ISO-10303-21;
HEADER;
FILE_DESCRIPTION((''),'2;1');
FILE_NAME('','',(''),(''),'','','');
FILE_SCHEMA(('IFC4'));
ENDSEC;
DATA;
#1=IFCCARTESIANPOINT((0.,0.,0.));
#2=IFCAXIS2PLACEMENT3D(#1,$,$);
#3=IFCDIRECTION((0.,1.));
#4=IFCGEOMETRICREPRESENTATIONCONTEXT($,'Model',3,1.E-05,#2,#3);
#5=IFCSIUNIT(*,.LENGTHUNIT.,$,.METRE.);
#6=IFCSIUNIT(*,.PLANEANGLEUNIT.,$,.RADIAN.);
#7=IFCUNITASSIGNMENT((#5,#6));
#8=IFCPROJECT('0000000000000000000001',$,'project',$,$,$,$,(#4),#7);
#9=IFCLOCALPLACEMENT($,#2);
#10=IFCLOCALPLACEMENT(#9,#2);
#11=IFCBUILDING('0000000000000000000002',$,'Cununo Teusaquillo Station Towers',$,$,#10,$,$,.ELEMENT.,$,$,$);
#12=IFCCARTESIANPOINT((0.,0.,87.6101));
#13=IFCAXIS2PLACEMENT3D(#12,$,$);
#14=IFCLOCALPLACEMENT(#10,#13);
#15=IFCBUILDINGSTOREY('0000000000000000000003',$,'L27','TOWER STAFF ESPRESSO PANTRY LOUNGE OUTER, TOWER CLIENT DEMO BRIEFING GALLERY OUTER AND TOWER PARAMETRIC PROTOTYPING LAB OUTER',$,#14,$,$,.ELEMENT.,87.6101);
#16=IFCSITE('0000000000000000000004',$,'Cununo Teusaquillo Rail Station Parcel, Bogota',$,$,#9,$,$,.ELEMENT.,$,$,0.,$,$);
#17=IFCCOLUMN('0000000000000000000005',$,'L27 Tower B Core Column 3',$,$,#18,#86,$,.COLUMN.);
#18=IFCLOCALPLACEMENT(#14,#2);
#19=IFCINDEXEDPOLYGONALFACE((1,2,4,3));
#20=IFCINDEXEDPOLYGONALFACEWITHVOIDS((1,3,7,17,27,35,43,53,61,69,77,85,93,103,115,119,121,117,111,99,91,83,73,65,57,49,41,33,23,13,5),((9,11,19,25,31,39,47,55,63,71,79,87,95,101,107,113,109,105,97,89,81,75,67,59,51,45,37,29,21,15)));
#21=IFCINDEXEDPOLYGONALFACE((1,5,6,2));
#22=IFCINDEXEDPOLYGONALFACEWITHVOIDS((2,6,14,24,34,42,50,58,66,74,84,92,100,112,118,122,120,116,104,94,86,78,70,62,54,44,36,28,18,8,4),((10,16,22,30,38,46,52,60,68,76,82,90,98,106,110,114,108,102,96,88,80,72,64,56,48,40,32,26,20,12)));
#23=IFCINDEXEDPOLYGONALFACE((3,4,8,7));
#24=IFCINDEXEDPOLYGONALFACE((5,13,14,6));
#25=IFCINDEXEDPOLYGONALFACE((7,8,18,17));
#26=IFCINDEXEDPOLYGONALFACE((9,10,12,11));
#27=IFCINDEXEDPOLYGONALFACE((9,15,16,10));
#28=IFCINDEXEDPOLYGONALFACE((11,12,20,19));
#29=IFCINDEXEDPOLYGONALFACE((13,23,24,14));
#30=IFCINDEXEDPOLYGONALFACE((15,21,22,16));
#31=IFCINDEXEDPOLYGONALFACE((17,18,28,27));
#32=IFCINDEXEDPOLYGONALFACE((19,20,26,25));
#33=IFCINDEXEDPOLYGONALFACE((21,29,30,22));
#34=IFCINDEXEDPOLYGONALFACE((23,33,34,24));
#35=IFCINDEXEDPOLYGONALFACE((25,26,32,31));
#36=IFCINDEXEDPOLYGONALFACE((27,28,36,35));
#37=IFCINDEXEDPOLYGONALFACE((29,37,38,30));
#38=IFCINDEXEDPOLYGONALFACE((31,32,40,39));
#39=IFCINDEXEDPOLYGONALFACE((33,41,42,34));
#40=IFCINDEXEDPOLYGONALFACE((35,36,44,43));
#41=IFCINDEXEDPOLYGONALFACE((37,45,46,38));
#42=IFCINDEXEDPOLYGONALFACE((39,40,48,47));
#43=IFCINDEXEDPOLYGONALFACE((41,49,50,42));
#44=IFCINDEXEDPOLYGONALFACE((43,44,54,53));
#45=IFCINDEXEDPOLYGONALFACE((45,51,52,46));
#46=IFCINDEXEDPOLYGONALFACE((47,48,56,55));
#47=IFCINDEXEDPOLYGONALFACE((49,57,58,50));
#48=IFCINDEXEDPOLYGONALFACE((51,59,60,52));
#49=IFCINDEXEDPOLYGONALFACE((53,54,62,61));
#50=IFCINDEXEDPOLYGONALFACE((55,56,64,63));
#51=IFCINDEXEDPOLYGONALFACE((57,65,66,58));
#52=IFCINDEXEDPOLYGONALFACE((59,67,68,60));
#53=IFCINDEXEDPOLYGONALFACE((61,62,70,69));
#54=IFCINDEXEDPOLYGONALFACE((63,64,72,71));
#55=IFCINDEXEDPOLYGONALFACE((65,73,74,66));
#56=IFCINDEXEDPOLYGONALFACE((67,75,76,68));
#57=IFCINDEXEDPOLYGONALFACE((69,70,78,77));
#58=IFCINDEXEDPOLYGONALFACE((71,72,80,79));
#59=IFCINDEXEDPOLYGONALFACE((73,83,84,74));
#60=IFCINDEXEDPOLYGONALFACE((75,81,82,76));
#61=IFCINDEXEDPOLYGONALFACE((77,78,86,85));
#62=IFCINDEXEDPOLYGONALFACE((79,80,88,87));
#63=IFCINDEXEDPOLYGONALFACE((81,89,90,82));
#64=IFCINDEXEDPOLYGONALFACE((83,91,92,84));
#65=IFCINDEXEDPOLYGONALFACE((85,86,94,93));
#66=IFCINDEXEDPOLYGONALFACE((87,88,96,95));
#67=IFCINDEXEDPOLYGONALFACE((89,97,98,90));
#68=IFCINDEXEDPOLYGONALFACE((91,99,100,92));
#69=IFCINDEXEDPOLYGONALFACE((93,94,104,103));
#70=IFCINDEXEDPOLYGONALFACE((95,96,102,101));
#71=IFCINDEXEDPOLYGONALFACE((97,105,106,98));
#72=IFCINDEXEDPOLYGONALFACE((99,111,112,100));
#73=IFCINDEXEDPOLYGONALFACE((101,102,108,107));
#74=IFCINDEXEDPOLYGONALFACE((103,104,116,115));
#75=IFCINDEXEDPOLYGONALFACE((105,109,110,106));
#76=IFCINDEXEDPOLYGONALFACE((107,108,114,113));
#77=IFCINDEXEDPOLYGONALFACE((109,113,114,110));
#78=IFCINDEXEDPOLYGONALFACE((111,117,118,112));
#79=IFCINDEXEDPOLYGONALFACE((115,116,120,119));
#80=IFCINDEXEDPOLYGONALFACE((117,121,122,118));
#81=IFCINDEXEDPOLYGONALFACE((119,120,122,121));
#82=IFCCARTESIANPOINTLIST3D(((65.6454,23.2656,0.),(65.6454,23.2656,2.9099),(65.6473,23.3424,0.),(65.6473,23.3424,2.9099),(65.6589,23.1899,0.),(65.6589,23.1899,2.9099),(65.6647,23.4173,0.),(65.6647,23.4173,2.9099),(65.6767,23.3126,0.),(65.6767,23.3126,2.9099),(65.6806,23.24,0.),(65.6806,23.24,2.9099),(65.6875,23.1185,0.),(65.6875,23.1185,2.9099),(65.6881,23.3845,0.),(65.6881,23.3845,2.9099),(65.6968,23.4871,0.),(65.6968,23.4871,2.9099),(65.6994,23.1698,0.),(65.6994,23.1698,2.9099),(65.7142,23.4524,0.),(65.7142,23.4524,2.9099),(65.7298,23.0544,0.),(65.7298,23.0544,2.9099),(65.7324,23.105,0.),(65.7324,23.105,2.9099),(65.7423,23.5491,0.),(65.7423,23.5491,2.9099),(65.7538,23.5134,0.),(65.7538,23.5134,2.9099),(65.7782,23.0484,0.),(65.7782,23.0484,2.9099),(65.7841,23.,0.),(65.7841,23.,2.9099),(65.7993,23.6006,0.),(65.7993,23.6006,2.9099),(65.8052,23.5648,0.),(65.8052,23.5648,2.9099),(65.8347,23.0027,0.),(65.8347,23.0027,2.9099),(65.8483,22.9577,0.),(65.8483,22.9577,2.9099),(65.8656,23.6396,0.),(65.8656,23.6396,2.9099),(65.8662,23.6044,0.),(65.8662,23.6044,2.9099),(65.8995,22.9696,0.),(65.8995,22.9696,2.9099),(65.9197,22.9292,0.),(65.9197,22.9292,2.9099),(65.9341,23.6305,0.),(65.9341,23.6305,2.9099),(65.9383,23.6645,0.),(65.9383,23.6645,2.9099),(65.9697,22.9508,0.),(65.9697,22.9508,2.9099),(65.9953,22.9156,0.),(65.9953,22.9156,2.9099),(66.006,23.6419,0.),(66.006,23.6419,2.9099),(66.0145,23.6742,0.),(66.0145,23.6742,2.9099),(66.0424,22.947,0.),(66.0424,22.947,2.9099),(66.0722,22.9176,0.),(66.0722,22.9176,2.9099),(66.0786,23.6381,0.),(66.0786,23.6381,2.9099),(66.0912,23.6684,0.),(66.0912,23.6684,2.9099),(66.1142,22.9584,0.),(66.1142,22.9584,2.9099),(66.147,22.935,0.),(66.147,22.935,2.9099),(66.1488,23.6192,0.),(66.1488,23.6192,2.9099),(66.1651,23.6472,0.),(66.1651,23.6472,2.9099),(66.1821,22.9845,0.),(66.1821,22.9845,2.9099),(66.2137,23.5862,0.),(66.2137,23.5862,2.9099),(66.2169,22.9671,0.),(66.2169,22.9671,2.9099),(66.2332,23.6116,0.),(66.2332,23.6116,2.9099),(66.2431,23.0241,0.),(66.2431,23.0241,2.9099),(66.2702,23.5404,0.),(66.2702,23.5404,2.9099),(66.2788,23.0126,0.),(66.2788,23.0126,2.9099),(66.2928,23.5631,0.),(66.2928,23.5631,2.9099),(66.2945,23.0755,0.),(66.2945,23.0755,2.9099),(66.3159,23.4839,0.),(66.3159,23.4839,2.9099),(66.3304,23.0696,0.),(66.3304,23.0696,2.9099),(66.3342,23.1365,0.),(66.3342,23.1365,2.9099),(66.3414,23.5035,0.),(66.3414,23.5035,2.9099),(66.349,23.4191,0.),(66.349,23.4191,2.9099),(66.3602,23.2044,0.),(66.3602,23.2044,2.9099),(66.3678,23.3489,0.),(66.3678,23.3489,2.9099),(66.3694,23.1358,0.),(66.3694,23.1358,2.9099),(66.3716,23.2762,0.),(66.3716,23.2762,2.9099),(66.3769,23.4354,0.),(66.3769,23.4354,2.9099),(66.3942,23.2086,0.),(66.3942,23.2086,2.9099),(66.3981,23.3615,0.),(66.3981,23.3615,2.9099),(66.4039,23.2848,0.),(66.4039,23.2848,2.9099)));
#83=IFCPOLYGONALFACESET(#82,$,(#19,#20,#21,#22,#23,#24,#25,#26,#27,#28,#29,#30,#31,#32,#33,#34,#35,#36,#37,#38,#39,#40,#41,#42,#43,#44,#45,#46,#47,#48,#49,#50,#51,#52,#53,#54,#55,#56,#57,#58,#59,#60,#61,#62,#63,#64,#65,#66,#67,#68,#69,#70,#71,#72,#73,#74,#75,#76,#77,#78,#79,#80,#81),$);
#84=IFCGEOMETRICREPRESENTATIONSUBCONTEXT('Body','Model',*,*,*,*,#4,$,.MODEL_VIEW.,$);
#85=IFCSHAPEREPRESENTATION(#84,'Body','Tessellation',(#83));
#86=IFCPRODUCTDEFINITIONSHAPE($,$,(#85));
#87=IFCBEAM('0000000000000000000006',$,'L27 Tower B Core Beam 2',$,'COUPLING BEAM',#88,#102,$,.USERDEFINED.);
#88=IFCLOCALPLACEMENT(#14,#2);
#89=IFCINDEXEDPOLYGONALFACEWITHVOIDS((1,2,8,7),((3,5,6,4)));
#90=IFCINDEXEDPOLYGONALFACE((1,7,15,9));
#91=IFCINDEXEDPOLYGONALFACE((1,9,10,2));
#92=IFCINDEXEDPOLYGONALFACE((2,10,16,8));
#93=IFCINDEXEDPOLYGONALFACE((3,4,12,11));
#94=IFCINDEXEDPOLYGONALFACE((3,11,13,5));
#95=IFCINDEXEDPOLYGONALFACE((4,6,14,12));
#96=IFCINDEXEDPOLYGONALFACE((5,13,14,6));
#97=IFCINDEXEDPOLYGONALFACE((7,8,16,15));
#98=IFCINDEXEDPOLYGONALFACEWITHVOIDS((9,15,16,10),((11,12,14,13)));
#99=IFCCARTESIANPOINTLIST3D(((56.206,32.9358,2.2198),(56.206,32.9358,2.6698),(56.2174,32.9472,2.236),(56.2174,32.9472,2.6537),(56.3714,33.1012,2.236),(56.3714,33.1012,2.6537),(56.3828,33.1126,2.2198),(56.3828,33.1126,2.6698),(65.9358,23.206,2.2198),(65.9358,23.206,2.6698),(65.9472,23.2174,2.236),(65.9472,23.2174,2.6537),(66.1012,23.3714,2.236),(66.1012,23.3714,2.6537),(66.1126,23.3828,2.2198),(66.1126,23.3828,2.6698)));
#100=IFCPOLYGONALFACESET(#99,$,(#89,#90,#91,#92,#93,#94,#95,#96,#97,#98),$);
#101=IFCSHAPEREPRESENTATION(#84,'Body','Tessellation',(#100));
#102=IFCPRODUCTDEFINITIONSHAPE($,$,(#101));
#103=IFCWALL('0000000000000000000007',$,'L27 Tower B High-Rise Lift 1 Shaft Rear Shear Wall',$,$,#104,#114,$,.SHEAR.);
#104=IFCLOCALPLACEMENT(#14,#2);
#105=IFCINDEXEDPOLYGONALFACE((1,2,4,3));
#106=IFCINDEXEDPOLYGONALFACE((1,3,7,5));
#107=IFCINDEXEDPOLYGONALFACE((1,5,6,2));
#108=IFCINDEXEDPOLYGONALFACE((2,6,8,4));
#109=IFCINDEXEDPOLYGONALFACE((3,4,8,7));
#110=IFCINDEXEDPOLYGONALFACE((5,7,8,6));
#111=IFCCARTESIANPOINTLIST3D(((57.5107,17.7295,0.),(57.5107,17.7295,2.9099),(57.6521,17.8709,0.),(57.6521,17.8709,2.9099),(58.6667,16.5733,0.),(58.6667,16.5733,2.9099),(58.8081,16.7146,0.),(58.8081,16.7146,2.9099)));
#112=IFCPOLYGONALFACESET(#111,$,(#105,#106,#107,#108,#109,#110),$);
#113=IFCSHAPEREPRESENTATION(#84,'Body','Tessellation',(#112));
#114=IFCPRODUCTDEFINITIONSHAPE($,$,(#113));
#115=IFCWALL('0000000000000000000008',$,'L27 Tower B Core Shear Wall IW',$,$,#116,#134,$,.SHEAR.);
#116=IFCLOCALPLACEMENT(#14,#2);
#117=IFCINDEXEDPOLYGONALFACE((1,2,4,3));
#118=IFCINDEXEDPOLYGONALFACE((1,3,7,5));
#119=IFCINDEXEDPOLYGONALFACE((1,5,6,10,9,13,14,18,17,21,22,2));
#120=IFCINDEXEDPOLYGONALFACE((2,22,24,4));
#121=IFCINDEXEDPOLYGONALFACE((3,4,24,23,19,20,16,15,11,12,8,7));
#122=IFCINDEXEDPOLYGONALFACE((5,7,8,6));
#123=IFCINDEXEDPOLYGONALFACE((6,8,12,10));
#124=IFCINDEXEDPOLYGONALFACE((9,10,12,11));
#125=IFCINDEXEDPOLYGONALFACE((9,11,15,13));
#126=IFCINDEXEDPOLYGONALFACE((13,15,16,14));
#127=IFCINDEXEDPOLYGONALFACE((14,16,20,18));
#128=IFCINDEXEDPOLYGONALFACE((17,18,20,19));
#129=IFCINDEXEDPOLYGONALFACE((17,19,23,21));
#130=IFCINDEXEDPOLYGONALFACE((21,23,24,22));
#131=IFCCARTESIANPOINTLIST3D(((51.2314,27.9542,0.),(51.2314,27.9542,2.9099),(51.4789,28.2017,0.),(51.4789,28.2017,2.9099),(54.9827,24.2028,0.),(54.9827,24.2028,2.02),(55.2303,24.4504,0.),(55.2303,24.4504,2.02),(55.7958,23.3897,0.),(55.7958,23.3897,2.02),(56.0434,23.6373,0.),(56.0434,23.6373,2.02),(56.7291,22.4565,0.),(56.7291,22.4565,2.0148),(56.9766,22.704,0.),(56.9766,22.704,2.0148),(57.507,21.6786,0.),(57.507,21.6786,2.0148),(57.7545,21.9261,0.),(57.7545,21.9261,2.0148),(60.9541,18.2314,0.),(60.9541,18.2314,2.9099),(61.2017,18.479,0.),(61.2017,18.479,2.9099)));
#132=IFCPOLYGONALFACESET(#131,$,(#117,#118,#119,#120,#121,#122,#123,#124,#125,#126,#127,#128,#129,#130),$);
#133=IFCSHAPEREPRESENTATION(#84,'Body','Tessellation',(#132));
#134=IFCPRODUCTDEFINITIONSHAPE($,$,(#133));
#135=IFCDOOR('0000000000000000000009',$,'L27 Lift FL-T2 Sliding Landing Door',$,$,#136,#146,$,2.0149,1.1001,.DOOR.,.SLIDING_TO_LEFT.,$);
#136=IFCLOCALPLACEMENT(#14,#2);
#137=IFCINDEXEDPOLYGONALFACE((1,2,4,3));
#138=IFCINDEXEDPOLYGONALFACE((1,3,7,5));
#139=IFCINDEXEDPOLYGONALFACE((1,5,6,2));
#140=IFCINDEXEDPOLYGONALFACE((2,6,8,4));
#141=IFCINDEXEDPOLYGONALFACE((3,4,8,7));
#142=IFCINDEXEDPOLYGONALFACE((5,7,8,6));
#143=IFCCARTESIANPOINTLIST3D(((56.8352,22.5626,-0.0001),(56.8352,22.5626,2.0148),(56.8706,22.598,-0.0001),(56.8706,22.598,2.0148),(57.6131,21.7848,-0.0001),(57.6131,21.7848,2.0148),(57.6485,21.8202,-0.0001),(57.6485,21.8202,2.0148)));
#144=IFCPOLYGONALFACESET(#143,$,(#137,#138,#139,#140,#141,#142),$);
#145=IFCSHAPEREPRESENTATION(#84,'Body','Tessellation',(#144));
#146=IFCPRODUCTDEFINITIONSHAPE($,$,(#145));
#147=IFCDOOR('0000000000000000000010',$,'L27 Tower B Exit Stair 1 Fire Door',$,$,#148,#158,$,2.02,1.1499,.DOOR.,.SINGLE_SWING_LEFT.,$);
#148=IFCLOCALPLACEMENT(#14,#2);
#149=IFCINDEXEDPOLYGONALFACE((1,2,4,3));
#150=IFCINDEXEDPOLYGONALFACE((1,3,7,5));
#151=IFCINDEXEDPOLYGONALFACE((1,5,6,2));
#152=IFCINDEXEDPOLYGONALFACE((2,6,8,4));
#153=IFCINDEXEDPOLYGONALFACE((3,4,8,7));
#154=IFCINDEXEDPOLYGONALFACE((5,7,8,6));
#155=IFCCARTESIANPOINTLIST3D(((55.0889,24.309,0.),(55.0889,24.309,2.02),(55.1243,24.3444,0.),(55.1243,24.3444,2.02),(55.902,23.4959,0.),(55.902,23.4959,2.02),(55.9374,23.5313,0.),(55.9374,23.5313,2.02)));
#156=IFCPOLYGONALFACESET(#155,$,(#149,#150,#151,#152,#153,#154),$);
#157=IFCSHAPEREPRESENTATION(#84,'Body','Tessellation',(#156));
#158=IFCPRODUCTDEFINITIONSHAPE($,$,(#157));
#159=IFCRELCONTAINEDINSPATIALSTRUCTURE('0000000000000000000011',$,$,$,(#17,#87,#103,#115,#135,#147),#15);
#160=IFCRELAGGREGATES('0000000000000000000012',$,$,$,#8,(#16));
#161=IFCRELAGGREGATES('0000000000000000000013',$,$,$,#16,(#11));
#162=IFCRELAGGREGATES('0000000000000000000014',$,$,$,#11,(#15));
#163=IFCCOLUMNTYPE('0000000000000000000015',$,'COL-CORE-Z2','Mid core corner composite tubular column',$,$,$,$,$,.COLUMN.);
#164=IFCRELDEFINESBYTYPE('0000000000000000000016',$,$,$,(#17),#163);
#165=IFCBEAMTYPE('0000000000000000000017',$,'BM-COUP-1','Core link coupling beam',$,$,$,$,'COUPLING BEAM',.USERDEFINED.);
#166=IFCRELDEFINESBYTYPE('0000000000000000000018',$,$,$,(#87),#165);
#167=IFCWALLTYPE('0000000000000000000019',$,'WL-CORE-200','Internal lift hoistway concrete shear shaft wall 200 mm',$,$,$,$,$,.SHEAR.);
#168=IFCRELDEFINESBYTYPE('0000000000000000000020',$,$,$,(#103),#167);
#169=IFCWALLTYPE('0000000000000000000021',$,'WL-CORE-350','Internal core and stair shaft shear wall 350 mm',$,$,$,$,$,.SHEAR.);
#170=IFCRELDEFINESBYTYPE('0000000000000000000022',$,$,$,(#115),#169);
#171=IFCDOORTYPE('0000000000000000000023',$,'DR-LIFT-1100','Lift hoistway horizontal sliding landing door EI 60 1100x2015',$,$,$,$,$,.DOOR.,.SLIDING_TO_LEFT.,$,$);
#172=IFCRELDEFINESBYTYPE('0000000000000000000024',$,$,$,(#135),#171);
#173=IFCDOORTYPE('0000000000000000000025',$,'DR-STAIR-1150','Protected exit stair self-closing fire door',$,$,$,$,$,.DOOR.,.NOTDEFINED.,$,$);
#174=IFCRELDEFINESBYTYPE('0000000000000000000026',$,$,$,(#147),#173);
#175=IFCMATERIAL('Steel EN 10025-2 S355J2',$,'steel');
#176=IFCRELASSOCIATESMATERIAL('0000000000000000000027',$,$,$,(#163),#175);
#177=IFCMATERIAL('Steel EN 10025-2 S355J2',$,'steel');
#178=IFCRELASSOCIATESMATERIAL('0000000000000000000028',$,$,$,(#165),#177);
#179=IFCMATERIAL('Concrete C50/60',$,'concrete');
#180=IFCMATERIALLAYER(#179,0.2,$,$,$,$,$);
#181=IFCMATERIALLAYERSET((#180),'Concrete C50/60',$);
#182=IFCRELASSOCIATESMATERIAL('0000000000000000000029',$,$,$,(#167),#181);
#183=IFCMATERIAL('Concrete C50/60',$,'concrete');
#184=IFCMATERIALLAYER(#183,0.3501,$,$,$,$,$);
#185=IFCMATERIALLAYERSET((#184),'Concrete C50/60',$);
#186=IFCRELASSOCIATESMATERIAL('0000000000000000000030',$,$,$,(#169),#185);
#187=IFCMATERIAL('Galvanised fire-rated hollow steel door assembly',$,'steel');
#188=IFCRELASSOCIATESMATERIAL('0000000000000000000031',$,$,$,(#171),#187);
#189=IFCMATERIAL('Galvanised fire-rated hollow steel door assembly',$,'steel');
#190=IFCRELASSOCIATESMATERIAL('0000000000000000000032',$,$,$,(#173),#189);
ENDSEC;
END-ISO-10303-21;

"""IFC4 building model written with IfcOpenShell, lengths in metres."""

from ifc_helpers import new_model, si_unit, direction, frame, frame_2d, origin, origin_2d, place, context, subcontext, project, spatial, rectangle, hollow_rectangle, hollow_circle, extrude, source, transform, mapped, material, layer, layer_set, material_profile, profile_set, type_object, element, fill, save


model = new_model("IFC4")

# Units and contexts
model_context = context("Model", 3, precision=1e-05, world=origin(), true_north=direction((0.0, 1.0)))
body_context = subcontext(model_context, "Body", "Model", "MODEL_VIEW")
ifc_project = project(units=[si_unit("LENGTHUNIT", "METRE"), si_unit("PLANEANGLEUNIT", "RADIAN")], contexts=[model_context])

# Site, building, storey
site_placement = place(None, origin())
site = spatial("IfcSite", under=ifc_project, at=site_placement, Name="Cununo Teusaquillo Rail Station Parcel, Bogota", CompositionType="ELEMENT", RefElevation=0.0)
building_placement = place(site_placement, origin())
building = spatial("IfcBuilding", under=site, at=building_placement, Name="Cununo Teusaquillo Station Towers", CompositionType="ELEMENT")
storey_placement = place(building_placement, frame((0.0, 0.0, 87.6101)))
storey = spatial("IfcBuildingStorey", under=building, at=storey_placement, Name="L27", Description="TOWER STAFF ESPRESSO PANTRY LOUNGE OUTER, TOWER CLIENT DEMO BRIEFING GALLERY OUTER AND TOWER PARAMETRIC PROTOTYPING LAB OUTER", CompositionType="ELEMENT", Elevation=87.6101)

# Column
ifc_material_1 = material(Name="Steel EN 10025-2 S355J2", Category="steel")
ifc_material_profile_1 = material_profile(ifc_material_1, hollow_circle(Radius=0.3799, WallThickness=0.032, at=origin_2d()), Name="CHS 760x32")
ifc_profile_set_1 = profile_set([ifc_material_profile_1], Name="Steel EN 10025-2 S355J2")
column_type = type_object("IfcColumnType", Name="COL-CORE-Z2", Description="Mid core corner composite tubular column", PredefinedType="COLUMN", material=ifc_profile_set_1)
column_placement = place(storey_placement, frame((66.0242, 23.2944, 0.0), z_axis=(0.0, 0.0, 1.0), x_axis=(0.707107, 0.707107, 0.0)))
element("IfcColumn", 1, at=column_placement, inside=storey, type_object=column_type, Name="L27 Tower B Core Column 3", PredefinedType="COLUMN", context=body_context, shape_type="SweptSolid", body=[
    extrude(hollow_circle(Radius=0.3799, WallThickness=0.032, at=origin_2d()), origin(), (0.0, 0.0, 1.0), 2.9099),
])

# Beam
ifc_material_2 = material(Name="Steel EN 10025-2 S355J2", Category="steel")
ifc_material_profile_2 = material_profile(ifc_material_2, hollow_rectangle(XDim=0.25, YDim=0.45, WallThickness=0.0161, at=origin_2d()), Name="RHS 450x250x16")
ifc_profile_set_2 = profile_set([ifc_material_profile_2], Name="Steel EN 10025-2 S355J2")
beam_type = type_object("IfcBeamType", Name="BM-COUP-1", Description="Core link coupling beam", ElementType="COUPLING BEAM", PredefinedType="USERDEFINED", material=ifc_profile_set_2)
beam_placement = place(storey_placement, frame((66.0242, 23.2944, 2.4448), z_axis=(-0.707107, 0.707107, 0.0), x_axis=(-0.707107, -0.707107, 0.0)))
element("IfcBeam", 2, at=beam_placement, inside=storey, type_object=beam_type, Name="L27 Tower B Core Beam 2", ObjectType="COUPLING BEAM", PredefinedType="USERDEFINED", context=body_context, shape_type="SweptSolid", body=[
    extrude(hollow_rectangle(XDim=0.25, YDim=0.45, WallThickness=0.0161, at=origin_2d()), origin(), (0.0, 0.0, 1.0), 13.76),
])

# Wall
ifc_material_3 = material(Name="Concrete C50/60", Category="concrete")
ifc_layer_1 = layer(ifc_material_3, 0.2)
ifc_layer_set_1 = layer_set([ifc_layer_1], Name="Concrete C50/60")
wall_type_1 = type_object("IfcWallType", Name="WL-CORE-200", Description="Internal lift hoistway concrete shear shaft wall 200 mm", PredefinedType="SHEAR", material=ifc_layer_set_1)
wall_1_placement = place(storey_placement, frame((58.7373, 16.644, 0.0), z_axis=(0.0, 0.0, 1.0), x_axis=(-0.707032, 0.707181, 0.0)))
element("IfcWall", 3, at=wall_1_placement, inside=storey, type_object=wall_type_1, Name="L27 Tower B High-Rise Lift 1 Shaft Rear Shear Wall", PredefinedType="SHEAR", context=body_context, shape_type="SweptSolid", body=[
    extrude(rectangle(XDim=1.635, YDim=0.2, at=frame_2d((0.8174, 0.0))), origin(), (0.0, 0.0, 1.0), 2.9099),
])

# Wall, openings, doors
ifc_material_4 = material(Name="Concrete C50/60", Category="concrete")
ifc_layer_2 = layer(ifc_material_4, 0.3501)
ifc_layer_set_2 = layer_set([ifc_layer_2], Name="Concrete C50/60")
wall_type_2 = type_object("IfcWallType", Name="WL-CORE-350", Description="Internal core and stair shaft shear wall 350 mm", PredefinedType="SHEAR", material=ifc_layer_set_2)
wall_2_placement = place(storey_placement, frame((61.0779, 18.3552, 0.0), z_axis=(0.0, 0.0, 1.0), x_axis=(-0.707107, 0.707107, 0.0)))
wall_2 = element("IfcWall", 4, at=wall_2_placement, inside=storey, type_object=wall_type_2, Name="L27 Tower B Core Shear Wall IW", PredefinedType="SHEAR", context=body_context, shape_type="SweptSolid", body=[
    extrude(rectangle(XDim=13.75, YDim=0.3501, at=frame_2d((6.875, 0.0))), origin(), (0.0, 0.0, 1.0), 2.9099),
])
shared_shape_1 = source(origin(), body_context, "Body", "SweptSolid", [
    extrude(rectangle(XDim=1.1001, YDim=2.0149, at=frame_2d((0.55, 1.0073))), frame((0.0, 0.1851, 0.0), z_axis=(0.0, -1.0, 0.0), x_axis=(1.0, 0.0, 0.0)), (0.0, 0.0, 1.0), 0.3701),
])
opening_1_placement = place(wall_2_placement, frame((4.875, 0.0, 0.0)))
opening_1 = element("IfcOpeningElement", 5, at=opening_1_placement, cuts=wall_2, PredefinedType="OPENING", context=body_context, shape_type="MappedRepresentation", body=[
    mapped(shared_shape_1, transform((0.0, 0.0, 0.0), x_axis=(1.0, 0.0, 0.0), y_axis=(0.0, 1.0, 0.0), z_axis=(0.0, 0.0, 1.0), scale=1.0)),
])
shared_shape_2 = source(origin(), body_context, "Body", "SweptSolid", [
    extrude(rectangle(XDim=1.1499, YDim=2.02, at=frame_2d((0.575, 1.01))), frame((0.0, 0.1851, 0.0), z_axis=(0.0, -1.0, 0.0), x_axis=(1.0, 0.0, 0.0)), (0.0, 0.0, 1.0), 0.3701),
])
opening_2_placement = place(wall_2_placement, frame((7.2949, 0.0, 0.0)))
opening_2 = element("IfcOpeningElement", 6, at=opening_2_placement, cuts=wall_2, PredefinedType="OPENING", context=body_context, shape_type="MappedRepresentation", body=[
    mapped(shared_shape_2, transform((0.0, 0.0, 0.0), x_axis=(1.0, 0.0, 0.0), y_axis=(0.0, 1.0, 0.0), z_axis=(0.0, 0.0, 1.0), scale=1.0)),
])
ifc_material_5 = material(Name="Galvanised fire-rated hollow steel door assembly", Category="steel")
door_type_1 = type_object("IfcDoorType", Name="DR-LIFT-1100", Description="Lift hoistway horizontal sliding landing door EI 60 1100x2015", OperationType="SLIDING_TO_LEFT", PredefinedType="DOOR", material=ifc_material_5)
shared_shape_3 = source(origin(), body_context, "Body", "SweptSolid", [
    extrude(rectangle(XDim=1.1001, YDim=2.0149, at=frame_2d((0.55, 1.0073))), frame((0.0, 0.0249, 0.0), z_axis=(0.0, -1.0, 0.0), x_axis=(1.0, 0.0, 0.0)), (0.0, 0.0, 1.0), 0.05),
])
door_1_placement = place(opening_1_placement, origin())
door_1 = element("IfcDoor", 7, at=door_1_placement, inside=storey, type_object=door_type_1, Name="L27 Lift FL-T2 Sliding Landing Door", OperationType="SLIDING_TO_LEFT", OverallHeight=2.0149, OverallWidth=1.1001, PredefinedType="DOOR", context=body_context, shape_type="MappedRepresentation", body=[
    mapped(shared_shape_3, transform((0.0, 0.0, 0.0), x_axis=(1.0, 0.0, 0.0), y_axis=(0.0, 1.0, 0.0), z_axis=(0.0, 0.0, 1.0), scale=1.0)),
])
fill(opening_1, door_1)
ifc_material_6 = material(Name="Galvanised fire-rated hollow steel door assembly", Category="steel")
door_type_2 = type_object("IfcDoorType", Name="DR-STAIR-1150", Description="Protected exit stair self-closing fire door", OperationType="NOTDEFINED", PredefinedType="DOOR", material=ifc_material_6)
shared_shape_4 = source(origin(), body_context, "Body", "SweptSolid", [
    extrude(rectangle(XDim=1.1499, YDim=2.02, at=frame_2d((0.575, 1.01))), frame((0.0, 0.0249, 0.0), z_axis=(0.0, -1.0, 0.0), x_axis=(1.0, 0.0, 0.0)), (0.0, 0.0, 1.0), 0.05),
])
door_2_placement = place(opening_2_placement, origin())
door_2 = element("IfcDoor", 8, at=door_2_placement, inside=storey, type_object=door_type_2, Name="L27 Tower B Exit Stair 1 Fire Door", OperationType="SINGLE_SWING_LEFT", OverallHeight=2.02, OverallWidth=1.1499, PredefinedType="DOOR", context=body_context, shape_type="MappedRepresentation", body=[
    mapped(shared_shape_4, transform((0.0, 0.0, 0.0), x_axis=(1.0, 0.0, 0.0), y_axis=(0.0, 1.0, 0.0), z_axis=(0.0, 0.0, 1.0), scale=1.0)),
])
fill(opening_2, door_2)

save(model, "model.ifc")
